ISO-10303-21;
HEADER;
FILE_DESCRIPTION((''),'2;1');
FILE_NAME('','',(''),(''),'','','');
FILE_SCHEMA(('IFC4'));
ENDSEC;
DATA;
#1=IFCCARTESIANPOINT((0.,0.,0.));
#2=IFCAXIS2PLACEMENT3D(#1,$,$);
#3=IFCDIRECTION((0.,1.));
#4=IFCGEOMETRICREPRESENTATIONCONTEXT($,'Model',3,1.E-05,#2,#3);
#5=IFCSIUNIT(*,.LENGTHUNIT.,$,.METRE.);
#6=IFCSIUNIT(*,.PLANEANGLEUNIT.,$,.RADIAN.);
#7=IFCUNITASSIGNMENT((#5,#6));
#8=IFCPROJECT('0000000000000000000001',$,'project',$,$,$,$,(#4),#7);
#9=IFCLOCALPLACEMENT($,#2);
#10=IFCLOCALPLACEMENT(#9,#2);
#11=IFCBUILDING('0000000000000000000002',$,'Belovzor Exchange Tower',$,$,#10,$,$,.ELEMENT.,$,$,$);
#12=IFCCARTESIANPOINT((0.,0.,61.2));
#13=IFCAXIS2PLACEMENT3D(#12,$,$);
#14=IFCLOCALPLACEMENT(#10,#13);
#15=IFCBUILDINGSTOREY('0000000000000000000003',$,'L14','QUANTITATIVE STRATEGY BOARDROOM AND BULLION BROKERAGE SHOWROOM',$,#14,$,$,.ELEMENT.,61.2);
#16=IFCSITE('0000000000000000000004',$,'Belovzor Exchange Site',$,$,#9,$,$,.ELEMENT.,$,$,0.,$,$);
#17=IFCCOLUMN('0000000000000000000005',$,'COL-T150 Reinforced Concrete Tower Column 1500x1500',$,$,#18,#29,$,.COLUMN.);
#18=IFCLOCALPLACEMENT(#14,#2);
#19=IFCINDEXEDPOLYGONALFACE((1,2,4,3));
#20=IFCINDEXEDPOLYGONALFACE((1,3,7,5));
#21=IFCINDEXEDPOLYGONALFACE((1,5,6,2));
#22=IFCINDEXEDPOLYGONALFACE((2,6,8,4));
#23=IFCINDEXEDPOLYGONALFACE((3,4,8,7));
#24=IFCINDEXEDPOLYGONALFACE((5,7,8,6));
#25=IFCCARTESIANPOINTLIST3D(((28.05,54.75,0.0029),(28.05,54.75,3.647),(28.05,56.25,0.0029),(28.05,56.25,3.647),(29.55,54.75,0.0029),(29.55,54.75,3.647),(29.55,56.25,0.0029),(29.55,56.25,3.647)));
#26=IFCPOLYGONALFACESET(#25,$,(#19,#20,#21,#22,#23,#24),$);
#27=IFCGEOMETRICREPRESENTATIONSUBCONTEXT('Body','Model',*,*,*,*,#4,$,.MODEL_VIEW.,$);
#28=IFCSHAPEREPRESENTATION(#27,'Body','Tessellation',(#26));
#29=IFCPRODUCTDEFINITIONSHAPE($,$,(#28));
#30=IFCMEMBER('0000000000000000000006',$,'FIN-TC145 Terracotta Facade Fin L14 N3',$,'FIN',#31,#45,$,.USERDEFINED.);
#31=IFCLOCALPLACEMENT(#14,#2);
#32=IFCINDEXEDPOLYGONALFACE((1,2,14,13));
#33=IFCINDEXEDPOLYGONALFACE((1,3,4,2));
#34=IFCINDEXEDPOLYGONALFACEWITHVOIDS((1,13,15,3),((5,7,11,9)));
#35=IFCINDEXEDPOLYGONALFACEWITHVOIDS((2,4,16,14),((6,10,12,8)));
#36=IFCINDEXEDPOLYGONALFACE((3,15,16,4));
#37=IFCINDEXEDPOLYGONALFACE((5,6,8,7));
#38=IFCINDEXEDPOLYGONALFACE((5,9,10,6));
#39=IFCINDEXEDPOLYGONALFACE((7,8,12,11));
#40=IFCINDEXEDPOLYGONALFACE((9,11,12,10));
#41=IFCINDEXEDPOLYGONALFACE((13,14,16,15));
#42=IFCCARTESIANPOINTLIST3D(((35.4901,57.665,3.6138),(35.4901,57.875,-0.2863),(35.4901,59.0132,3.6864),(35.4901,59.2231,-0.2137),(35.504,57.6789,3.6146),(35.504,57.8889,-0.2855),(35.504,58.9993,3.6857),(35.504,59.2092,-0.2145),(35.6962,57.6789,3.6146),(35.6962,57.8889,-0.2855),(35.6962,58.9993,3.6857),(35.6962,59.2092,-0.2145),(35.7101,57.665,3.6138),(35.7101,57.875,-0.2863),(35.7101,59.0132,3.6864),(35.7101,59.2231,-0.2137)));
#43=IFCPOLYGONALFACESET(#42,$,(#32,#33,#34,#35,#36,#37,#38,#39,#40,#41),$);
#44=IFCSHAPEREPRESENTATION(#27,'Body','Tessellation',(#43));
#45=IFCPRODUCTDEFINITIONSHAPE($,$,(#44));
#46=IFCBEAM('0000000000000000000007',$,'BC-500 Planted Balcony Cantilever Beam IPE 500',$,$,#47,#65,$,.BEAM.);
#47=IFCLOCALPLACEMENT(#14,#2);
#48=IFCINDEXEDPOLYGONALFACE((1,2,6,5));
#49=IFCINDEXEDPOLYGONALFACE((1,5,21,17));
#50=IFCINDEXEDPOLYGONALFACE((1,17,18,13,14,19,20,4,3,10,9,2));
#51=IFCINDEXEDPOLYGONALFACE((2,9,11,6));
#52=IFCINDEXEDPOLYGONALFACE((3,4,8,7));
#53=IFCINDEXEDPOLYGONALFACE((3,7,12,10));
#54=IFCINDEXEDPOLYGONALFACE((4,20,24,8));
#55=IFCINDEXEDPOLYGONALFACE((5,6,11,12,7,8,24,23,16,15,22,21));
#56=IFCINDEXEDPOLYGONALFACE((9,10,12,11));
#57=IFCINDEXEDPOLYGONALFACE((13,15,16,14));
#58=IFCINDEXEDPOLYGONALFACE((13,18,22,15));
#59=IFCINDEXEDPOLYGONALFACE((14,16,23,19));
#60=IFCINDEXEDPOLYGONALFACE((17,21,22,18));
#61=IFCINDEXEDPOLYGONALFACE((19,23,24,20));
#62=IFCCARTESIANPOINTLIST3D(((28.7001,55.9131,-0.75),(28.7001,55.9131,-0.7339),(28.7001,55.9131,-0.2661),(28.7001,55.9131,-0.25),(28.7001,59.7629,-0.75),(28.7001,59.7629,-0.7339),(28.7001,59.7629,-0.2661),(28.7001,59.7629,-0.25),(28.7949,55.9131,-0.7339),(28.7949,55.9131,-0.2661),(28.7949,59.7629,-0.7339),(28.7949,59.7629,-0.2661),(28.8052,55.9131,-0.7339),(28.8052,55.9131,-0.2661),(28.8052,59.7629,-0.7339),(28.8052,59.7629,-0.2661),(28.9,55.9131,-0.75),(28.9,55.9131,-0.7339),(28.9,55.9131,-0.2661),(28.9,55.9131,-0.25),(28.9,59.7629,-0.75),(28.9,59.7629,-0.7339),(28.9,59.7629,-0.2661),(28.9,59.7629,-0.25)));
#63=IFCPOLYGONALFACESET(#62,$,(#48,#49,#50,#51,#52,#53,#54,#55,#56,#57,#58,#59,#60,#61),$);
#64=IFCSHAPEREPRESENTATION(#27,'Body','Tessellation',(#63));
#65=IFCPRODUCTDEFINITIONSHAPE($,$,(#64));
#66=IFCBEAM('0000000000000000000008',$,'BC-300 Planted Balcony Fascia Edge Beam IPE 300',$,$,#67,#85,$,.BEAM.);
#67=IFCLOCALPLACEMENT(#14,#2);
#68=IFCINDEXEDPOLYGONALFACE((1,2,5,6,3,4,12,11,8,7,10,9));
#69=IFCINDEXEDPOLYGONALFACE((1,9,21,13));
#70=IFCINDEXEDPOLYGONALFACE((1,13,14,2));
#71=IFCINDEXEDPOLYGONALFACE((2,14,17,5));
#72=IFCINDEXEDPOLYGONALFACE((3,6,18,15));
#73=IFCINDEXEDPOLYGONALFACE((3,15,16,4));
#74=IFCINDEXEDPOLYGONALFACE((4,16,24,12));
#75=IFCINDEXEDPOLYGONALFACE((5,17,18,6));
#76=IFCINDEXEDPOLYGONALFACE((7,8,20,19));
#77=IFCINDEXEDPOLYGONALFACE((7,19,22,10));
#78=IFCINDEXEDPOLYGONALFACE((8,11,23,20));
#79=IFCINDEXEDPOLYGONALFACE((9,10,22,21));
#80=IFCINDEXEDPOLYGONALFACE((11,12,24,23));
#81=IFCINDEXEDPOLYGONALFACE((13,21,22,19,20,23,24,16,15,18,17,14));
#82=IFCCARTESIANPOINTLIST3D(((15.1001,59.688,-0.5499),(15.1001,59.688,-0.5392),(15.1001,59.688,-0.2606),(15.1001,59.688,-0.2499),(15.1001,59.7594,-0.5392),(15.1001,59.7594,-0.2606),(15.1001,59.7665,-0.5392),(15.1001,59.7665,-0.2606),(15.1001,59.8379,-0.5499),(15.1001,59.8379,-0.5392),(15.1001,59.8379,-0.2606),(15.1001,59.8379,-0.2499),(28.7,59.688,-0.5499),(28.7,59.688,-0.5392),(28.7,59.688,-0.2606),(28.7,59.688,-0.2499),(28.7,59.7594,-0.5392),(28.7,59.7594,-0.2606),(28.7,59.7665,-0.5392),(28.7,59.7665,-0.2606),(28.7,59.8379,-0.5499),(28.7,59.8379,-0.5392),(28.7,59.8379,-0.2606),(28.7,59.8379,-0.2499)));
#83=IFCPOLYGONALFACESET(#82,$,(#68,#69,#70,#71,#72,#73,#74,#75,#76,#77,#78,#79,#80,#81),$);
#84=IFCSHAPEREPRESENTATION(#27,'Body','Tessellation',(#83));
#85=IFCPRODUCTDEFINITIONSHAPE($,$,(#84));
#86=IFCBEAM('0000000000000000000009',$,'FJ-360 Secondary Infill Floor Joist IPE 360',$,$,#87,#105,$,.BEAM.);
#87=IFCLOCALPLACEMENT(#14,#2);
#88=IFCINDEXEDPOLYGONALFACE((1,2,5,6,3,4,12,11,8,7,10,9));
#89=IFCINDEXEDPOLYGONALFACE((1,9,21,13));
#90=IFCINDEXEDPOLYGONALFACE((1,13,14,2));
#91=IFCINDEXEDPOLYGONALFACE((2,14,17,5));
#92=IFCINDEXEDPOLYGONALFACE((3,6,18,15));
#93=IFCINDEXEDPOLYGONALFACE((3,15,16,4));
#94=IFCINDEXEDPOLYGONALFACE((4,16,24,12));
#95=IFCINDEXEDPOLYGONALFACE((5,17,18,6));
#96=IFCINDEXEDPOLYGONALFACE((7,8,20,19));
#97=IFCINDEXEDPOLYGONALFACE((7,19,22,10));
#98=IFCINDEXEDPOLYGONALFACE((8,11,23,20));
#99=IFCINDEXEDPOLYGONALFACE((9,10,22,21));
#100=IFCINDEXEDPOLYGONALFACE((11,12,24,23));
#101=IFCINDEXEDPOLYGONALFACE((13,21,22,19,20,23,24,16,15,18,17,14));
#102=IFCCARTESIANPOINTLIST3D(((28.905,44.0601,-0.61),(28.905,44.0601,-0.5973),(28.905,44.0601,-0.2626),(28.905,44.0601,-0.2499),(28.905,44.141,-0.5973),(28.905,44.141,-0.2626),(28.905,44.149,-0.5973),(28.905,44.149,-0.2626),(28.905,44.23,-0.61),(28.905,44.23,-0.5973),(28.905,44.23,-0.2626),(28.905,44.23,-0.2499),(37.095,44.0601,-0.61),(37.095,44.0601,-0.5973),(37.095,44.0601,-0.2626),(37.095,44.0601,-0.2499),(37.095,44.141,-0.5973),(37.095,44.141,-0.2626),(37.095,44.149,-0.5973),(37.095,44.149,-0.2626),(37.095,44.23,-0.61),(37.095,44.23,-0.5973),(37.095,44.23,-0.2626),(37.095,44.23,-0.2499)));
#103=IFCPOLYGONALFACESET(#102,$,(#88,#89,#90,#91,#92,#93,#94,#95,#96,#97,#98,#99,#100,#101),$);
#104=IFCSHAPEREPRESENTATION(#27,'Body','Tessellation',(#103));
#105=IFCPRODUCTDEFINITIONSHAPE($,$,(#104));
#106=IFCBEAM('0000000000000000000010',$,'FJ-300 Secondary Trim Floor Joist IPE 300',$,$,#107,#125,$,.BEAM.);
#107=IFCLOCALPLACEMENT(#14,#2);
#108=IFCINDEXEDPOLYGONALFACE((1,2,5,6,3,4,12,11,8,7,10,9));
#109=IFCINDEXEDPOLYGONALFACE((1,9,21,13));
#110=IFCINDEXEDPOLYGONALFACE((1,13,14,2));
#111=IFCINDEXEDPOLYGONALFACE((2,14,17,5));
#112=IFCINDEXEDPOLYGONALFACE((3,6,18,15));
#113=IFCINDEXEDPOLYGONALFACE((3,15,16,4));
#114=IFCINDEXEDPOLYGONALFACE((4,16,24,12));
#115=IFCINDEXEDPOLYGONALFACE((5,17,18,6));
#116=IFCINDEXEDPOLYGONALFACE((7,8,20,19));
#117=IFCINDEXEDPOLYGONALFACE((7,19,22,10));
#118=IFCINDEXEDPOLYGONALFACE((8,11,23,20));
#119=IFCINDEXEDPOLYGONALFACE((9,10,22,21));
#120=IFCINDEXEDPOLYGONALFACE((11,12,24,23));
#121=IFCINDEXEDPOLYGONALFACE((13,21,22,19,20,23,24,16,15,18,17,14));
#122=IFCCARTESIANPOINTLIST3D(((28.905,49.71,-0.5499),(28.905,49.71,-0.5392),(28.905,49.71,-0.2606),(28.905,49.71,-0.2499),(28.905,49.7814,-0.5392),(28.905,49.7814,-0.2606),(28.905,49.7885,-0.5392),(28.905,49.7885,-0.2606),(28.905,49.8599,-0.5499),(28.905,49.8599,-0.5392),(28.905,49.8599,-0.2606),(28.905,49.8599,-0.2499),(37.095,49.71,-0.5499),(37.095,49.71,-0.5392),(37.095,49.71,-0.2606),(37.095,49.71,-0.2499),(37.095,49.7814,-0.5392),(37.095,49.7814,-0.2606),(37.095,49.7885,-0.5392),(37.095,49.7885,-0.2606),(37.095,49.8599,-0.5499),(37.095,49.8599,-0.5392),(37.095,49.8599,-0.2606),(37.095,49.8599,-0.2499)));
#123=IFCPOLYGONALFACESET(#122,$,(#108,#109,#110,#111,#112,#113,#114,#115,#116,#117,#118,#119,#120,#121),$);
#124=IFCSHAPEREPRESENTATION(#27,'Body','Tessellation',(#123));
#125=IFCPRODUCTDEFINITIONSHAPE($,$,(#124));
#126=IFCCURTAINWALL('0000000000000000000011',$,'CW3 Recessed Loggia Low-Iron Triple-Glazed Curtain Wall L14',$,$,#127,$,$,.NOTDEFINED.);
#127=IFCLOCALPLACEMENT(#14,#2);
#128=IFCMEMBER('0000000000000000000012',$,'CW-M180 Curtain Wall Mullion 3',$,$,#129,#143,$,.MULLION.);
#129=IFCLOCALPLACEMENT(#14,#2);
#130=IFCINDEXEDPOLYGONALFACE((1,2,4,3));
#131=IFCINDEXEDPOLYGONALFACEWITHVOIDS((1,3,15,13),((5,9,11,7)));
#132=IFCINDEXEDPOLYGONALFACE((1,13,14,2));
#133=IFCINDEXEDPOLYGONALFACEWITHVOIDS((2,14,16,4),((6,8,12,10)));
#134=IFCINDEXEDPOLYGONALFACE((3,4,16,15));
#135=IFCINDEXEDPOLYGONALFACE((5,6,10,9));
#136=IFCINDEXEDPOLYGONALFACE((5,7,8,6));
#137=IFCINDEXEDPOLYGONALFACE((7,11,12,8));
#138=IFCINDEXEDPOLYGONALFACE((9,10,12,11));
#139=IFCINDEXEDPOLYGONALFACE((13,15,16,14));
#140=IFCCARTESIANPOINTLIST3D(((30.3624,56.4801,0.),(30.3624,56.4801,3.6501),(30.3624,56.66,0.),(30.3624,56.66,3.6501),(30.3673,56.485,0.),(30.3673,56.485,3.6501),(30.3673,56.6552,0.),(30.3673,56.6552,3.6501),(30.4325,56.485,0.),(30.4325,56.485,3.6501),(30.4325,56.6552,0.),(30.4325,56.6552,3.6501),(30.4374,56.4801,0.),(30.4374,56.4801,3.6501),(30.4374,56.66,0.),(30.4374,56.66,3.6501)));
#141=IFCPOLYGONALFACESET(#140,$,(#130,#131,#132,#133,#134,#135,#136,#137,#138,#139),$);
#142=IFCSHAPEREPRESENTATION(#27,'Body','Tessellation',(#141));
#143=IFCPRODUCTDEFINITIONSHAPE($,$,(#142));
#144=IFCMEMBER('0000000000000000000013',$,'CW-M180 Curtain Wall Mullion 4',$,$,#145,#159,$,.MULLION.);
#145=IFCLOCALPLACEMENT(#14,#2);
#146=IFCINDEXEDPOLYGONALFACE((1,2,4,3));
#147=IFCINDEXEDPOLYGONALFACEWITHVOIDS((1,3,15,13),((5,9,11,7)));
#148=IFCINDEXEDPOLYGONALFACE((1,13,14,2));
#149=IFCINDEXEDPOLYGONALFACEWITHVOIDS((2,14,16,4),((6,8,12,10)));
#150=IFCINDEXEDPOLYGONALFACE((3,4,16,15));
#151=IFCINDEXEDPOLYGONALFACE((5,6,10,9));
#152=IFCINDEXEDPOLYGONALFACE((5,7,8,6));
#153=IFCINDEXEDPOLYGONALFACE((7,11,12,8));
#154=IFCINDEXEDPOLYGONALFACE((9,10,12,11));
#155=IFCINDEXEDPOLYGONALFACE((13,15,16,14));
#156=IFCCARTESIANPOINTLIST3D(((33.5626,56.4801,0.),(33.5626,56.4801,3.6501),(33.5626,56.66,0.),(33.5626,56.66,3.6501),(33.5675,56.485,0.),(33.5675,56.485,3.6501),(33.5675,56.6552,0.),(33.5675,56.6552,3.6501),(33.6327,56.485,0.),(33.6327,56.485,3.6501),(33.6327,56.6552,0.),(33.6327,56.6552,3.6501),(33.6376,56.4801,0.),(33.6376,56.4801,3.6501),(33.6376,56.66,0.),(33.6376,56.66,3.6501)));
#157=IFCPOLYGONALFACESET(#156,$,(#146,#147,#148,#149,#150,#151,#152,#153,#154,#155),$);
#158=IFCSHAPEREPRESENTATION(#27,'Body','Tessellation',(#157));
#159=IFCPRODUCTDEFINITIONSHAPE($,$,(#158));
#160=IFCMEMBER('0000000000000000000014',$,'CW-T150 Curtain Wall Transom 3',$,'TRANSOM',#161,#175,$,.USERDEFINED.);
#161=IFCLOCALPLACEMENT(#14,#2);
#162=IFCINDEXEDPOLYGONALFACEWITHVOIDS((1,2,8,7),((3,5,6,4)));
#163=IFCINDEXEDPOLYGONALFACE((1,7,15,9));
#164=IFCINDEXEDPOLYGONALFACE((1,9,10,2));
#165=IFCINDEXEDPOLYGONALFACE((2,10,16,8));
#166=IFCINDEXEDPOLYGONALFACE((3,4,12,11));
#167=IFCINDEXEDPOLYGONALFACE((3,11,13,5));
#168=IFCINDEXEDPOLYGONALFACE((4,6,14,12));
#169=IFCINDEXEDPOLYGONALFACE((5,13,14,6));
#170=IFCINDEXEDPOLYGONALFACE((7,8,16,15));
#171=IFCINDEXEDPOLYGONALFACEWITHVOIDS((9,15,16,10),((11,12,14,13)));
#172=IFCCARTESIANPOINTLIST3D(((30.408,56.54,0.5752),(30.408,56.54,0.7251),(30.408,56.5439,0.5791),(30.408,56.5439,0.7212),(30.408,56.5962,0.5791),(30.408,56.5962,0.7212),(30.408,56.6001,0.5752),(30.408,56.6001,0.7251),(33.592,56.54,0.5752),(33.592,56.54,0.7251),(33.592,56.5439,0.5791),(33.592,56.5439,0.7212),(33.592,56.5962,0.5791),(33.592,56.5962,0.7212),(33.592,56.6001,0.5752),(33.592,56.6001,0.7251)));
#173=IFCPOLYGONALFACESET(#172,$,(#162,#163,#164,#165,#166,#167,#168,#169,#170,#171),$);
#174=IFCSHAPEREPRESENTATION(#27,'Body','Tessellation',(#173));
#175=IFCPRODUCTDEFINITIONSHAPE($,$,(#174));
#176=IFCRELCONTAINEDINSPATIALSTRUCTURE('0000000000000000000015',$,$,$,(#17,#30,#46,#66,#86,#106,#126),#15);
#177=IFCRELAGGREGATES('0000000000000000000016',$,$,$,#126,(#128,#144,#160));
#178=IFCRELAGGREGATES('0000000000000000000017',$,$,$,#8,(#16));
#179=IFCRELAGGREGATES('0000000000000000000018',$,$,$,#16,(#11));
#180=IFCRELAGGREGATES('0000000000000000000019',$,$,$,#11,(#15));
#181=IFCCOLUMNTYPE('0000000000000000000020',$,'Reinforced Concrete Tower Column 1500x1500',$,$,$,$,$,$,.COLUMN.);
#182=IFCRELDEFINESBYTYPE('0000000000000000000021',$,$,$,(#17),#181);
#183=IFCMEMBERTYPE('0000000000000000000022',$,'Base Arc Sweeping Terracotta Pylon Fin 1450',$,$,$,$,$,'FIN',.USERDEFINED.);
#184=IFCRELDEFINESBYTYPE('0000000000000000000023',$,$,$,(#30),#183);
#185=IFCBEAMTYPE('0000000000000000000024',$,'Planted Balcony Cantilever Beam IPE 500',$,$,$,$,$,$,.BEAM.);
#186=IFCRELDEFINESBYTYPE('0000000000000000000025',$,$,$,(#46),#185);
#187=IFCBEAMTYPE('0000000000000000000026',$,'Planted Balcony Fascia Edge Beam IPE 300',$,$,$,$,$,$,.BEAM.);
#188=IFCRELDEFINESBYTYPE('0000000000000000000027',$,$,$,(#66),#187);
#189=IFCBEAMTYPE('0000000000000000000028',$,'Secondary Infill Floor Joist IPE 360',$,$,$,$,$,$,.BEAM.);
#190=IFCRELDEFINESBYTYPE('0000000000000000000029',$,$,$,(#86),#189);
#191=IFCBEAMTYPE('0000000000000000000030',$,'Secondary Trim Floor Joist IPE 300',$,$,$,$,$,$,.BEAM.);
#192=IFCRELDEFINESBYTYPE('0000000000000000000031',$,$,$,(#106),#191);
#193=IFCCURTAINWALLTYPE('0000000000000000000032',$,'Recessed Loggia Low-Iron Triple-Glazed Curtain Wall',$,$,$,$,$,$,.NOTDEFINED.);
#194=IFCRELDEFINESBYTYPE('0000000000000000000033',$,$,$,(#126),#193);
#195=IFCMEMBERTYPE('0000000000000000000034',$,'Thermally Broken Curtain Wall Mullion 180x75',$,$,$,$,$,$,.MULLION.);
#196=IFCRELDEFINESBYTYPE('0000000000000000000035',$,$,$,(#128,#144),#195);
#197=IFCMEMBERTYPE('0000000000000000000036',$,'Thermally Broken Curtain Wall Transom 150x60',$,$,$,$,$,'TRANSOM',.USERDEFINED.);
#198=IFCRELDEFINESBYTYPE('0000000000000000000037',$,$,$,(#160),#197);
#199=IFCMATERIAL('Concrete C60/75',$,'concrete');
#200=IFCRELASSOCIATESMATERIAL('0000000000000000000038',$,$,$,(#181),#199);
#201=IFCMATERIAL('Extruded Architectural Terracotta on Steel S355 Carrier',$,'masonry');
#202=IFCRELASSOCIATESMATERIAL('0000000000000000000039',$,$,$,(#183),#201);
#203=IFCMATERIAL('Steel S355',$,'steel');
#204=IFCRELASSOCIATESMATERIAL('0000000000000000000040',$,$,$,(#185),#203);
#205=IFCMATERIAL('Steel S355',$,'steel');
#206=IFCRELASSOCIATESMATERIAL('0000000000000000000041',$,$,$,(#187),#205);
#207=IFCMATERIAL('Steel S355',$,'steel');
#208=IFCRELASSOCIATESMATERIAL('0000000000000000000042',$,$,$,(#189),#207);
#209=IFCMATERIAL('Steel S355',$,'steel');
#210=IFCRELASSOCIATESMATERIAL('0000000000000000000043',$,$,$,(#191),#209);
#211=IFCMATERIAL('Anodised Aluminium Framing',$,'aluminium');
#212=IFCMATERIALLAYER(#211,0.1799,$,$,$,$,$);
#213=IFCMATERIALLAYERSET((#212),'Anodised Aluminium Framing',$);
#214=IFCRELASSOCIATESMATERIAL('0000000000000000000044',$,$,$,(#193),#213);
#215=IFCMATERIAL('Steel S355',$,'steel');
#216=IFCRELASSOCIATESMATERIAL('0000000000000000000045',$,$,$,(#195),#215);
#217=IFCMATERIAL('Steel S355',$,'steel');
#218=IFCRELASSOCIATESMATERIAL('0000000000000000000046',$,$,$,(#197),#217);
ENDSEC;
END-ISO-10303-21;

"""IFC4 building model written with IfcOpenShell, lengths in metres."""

from ifc_helpers import new_model, si_unit, direction, frame, origin, origin_2d, place, context, subcontext, project, spatial, rectangle, hollow_rectangle, i_section, extrude, material, layer, layer_set, material_profile, profile_set, type_object, element, aggregate, save


model = new_model("IFC4")

# Units and contexts
model_context = context("Model", 3, precision=1e-05, world=origin(), true_north=direction((0.0, 1.0)))
body_context = subcontext(model_context, "Body", "Model", "MODEL_VIEW")
ifc_project = project(units=[si_unit("LENGTHUNIT", "METRE"), si_unit("PLANEANGLEUNIT", "RADIAN")], contexts=[model_context])

# Site, building, storey
site_placement = place(None, origin())
site = spatial("IfcSite", under=ifc_project, at=site_placement, Name="Belovzor Exchange Site", CompositionType="ELEMENT", RefElevation=0.0)
building_placement = place(site_placement, origin())
building = spatial("IfcBuilding", under=site, at=building_placement, Name="Belovzor Exchange Tower", CompositionType="ELEMENT")
storey_placement = place(building_placement, frame((0.0, 0.0, 61.2)))
storey = spatial("IfcBuildingStorey", under=building, at=storey_placement, Name="L14", Description="QUANTITATIVE STRATEGY BOARDROOM AND BULLION BROKERAGE SHOWROOM", CompositionType="ELEMENT", Elevation=61.2)

# Column
ifc_material_1 = material(Name="Concrete C60/75", Category="concrete")
ifc_material_profile_1 = material_profile(ifc_material_1, rectangle(XDim=1.5, YDim=1.5, at=origin_2d()))
ifc_profile_set_1 = profile_set([ifc_material_profile_1], Name="Concrete C60/75")
column_type = type_object("IfcColumnType", Name="Reinforced Concrete Tower Column 1500x1500", PredefinedType="COLUMN", material=ifc_profile_set_1)
column_placement = place(storey_placement, frame((28.8, 55.5, 0.0029), z_axis=(0.0, 0.0, 1.0), x_axis=(1.0, 0.0, 0.0)))
element("IfcColumn", 1, at=column_placement, inside=storey, type_object=column_type, Name="COL-T150 Reinforced Concrete Tower Column 1500x1500", PredefinedType="COLUMN", context=body_context, shape_type="SweptSolid", body=[
    extrude(rectangle(XDim=1.5, YDim=1.5, at=origin_2d()), origin(), (0.0, 0.0, 1.0), 3.644),
])

# Member
ifc_material_2 = material(Name="Extruded Architectural Terracotta on Steel S355 Carrier", Category="masonry")
ifc_material_profile_2 = material_profile(ifc_material_2, hollow_rectangle(XDim=0.22, YDim=1.3501, WallThickness=0.0139, at=origin_2d()))
ifc_profile_set_2 = profile_set([ifc_material_profile_2], Name="Extruded Architectural Terracotta on Steel S355 Carrier")
member_type_1 = type_object("IfcMemberType", Name="Base Arc Sweeping Terracotta Pylon Fin 1450", ElementType="FIN", PredefinedType="USERDEFINED", material=ifc_profile_set_2)
member_1_placement = place(storey_placement, frame((35.6001, 58.5491, -0.25), z_axis=(0.0, -0.053756, 0.998554), x_axis=(1.0, 0.0, 0.0)))
element("IfcMember", 2, at=member_1_placement, inside=storey, type_object=member_type_1, Name="FIN-TC145 Terracotta Facade Fin L14 N3", ObjectType="FIN", PredefinedType="USERDEFINED", context=body_context, shape_type="SweptSolid", body=[
    extrude(hollow_rectangle(XDim=0.22, YDim=1.3501, WallThickness=0.0139, at=origin_2d()), origin(), (0.0, 0.0, 1.0), 3.9058),
])

# Beams
ifc_material_3 = material(Name="Steel S355", Category="steel")
ifc_material_profile_3 = material_profile(ifc_material_3, i_section(OverallWidth=0.2, OverallDepth=0.5, WebThickness=0.0103, FlangeThickness=0.0161, at=origin_2d()))
ifc_profile_set_3 = profile_set([ifc_material_profile_3], Name="Steel S355")
beam_type_1 = type_object("IfcBeamType", Name="Planted Balcony Cantilever Beam IPE 500", PredefinedType="BEAM", material=ifc_profile_set_3)
beam_1_placement = place(storey_placement, frame((28.8, 55.9131, -0.5), z_axis=(0.0, 1.0, 0.0), x_axis=(-1.0, 0.0, 0.0)))
element("IfcBeam", 3, at=beam_1_placement, inside=storey, type_object=beam_type_1, Name="BC-500 Planted Balcony Cantilever Beam IPE 500", PredefinedType="BEAM", context=body_context, shape_type="SweptSolid", body=[
    extrude(i_section(OverallWidth=0.2, OverallDepth=0.5, WebThickness=0.0103, FlangeThickness=0.0161, at=origin_2d()), origin(), (0.0, 0.0, 1.0), 3.8499),
])
ifc_material_4 = material(Name="Steel S355", Category="steel")
ifc_material_profile_4 = material_profile(ifc_material_4, i_section(OverallWidth=0.1499, OverallDepth=0.3, WebThickness=0.0071, FlangeThickness=0.0107, at=origin_2d()))
ifc_profile_set_4 = profile_set([ifc_material_profile_4], Name="Steel S355")
beam_type_2 = type_object("IfcBeamType", Name="Planted Balcony Fascia Edge Beam IPE 300", PredefinedType="BEAM", material=ifc_profile_set_4)
beam_2_placement = place(storey_placement, frame((28.7, 59.7629, -0.3999), z_axis=(-1.0, 0.0, 0.0), x_axis=(0.0, -1.0, 0.0)))
element("IfcBeam", 4, at=beam_2_placement, inside=storey, type_object=beam_type_2, Name="BC-300 Planted Balcony Fascia Edge Beam IPE 300", PredefinedType="BEAM", context=body_context, shape_type="SweptSolid", body=[
    extrude(i_section(OverallWidth=0.1499, OverallDepth=0.3, WebThickness=0.0071, FlangeThickness=0.0107, at=origin_2d()), origin(), (0.0, 0.0, 1.0), 13.5999),
])
ifc_material_5 = material(Name="Steel S355", Category="steel")
ifc_material_profile_5 = material_profile(ifc_material_5, i_section(OverallWidth=0.1699, OverallDepth=0.3601, WebThickness=0.0081, FlangeThickness=0.0127, at=origin_2d()))
ifc_profile_set_5 = profile_set([ifc_material_profile_5], Name="Steel S355")
beam_type_3 = type_object("IfcBeamType", Name="Secondary Infill Floor Joist IPE 360", PredefinedType="BEAM", material=ifc_profile_set_5)
beam_3_placement = place(storey_placement, frame((28.905, 44.145, -0.4299), z_axis=(1.0, 0.0, 0.0), x_axis=(0.0, 1.0, 0.0)))
element("IfcBeam", 5, at=beam_3_placement, inside=storey, type_object=beam_type_3, Name="FJ-360 Secondary Infill Floor Joist IPE 360", PredefinedType="BEAM", context=body_context, shape_type="SweptSolid", body=[
    extrude(i_section(OverallWidth=0.1699, OverallDepth=0.3601, WebThickness=0.0081, FlangeThickness=0.0127, at=origin_2d()), origin(), (0.0, 0.0, 1.0), 8.1899),
])
ifc_material_6 = material(Name="Steel S355", Category="steel")
ifc_material_profile_6 = material_profile(ifc_material_6, i_section(OverallWidth=0.1499, OverallDepth=0.3, WebThickness=0.0071, FlangeThickness=0.0107, at=origin_2d()))
ifc_profile_set_6 = profile_set([ifc_material_profile_6], Name="Steel S355")
beam_type_4 = type_object("IfcBeamType", Name="Secondary Trim Floor Joist IPE 300", PredefinedType="BEAM", material=ifc_profile_set_6)
beam_4_placement = place(storey_placement, frame((28.905, 49.7849, -0.3999), z_axis=(1.0, 0.0, 0.0), x_axis=(0.0, 1.0, 0.0)))
element("IfcBeam", 6, at=beam_4_placement, inside=storey, type_object=beam_type_4, Name="FJ-300 Secondary Trim Floor Joist IPE 300", PredefinedType="BEAM", context=body_context, shape_type="SweptSolid", body=[
    extrude(i_section(OverallWidth=0.1499, OverallDepth=0.3, WebThickness=0.0071, FlangeThickness=0.0107, at=origin_2d()), origin(), (0.0, 0.0, 1.0), 8.1899),
])

# Curtain wall, members
ifc_material_7 = material(Name="Anodised Aluminium Framing", Category="aluminium")
ifc_layer_1 = layer(ifc_material_7, 0.1799)
ifc_layer_set_1 = layer_set([ifc_layer_1], Name="Anodised Aluminium Framing")
curtain_wall_type = type_object("IfcCurtainWallType", Name="Recessed Loggia Low-Iron Triple-Glazed Curtain Wall", PredefinedType="NOTDEFINED", material=ifc_layer_set_1)
curtain_wall_placement = place(storey_placement, origin())
curtain_wall = element("IfcCurtainWall", 7, at=curtain_wall_placement, inside=storey, type_object=curtain_wall_type, Name="CW3 Recessed Loggia Low-Iron Triple-Glazed Curtain Wall L14", PredefinedType="NOTDEFINED")
ifc_material_8 = material(Name="Steel S355", Category="steel")
ifc_material_profile_7 = material_profile(ifc_material_8, hollow_rectangle(XDim=0.075, YDim=0.1799, WallThickness=0.0049, at=origin_2d()))
ifc_profile_set_7 = profile_set([ifc_material_profile_7], Name="Steel S355")
member_type_2 = type_object("IfcMemberType", Name="Thermally Broken Curtain Wall Mullion 180x75", PredefinedType="MULLION", material=ifc_profile_set_7)
member_2_placement = place(storey_placement, frame((30.3999, 56.5701, 0.0), z_axis=(0.0, 0.0, 1.0), x_axis=(1.0, 0.0, 0.0)))
member_2 = element("IfcMember", 8, at=member_2_placement, type_object=member_type_2, Name="CW-M180 Curtain Wall Mullion 3", PredefinedType="MULLION", context=body_context, shape_type="SweptSolid", body=[
    extrude(hollow_rectangle(XDim=0.075, YDim=0.1799, WallThickness=0.0049, at=origin_2d()), origin(), (0.0, 0.0, 1.0), 3.6501),
])
member_3_placement = place(storey_placement, frame((33.6001, 56.5701, 0.0), z_axis=(0.0, 0.0, 1.0), x_axis=(1.0, 0.0, 0.0)))
member_3 = element("IfcMember", 9, at=member_3_placement, type_object=member_type_2, Name="CW-M180 Curtain Wall Mullion 4", PredefinedType="MULLION", context=body_context, shape_type="SweptSolid", body=[
    extrude(hollow_rectangle(XDim=0.075, YDim=0.1799, WallThickness=0.0049, at=origin_2d()), origin(), (0.0, 0.0, 1.0), 3.6501),
])
ifc_material_9 = material(Name="Steel S355", Category="steel")
ifc_material_profile_8 = material_profile(ifc_material_9, hollow_rectangle(XDim=0.0601, YDim=0.1499, WallThickness=0.0039, at=origin_2d()))
ifc_profile_set_8 = profile_set([ifc_material_profile_8], Name="Steel S355")
member_type_3 = type_object("IfcMemberType", Name="Thermally Broken Curtain Wall Transom 150x60", ElementType="TRANSOM", PredefinedType="USERDEFINED", material=ifc_profile_set_8)
member_4_placement = place(storey_placement, frame((30.408, 56.5701, 0.6501), z_axis=(1.0, 0.0, 0.0), x_axis=(0.0, 1.0, 0.0)))
member_4 = element("IfcMember", 10, at=member_4_placement, type_object=member_type_3, Name="CW-T150 Curtain Wall Transom 3", ObjectType="TRANSOM", PredefinedType="USERDEFINED", context=body_context, shape_type="SweptSolid", body=[
    extrude(hollow_rectangle(XDim=0.0601, YDim=0.1499, WallThickness=0.0039, at=origin_2d()), origin(), (0.0, 0.0, 1.0), 3.1841),
])

aggregate(curtain_wall, [member_2, member_3, member_4])

save(model, "model.ifc")
